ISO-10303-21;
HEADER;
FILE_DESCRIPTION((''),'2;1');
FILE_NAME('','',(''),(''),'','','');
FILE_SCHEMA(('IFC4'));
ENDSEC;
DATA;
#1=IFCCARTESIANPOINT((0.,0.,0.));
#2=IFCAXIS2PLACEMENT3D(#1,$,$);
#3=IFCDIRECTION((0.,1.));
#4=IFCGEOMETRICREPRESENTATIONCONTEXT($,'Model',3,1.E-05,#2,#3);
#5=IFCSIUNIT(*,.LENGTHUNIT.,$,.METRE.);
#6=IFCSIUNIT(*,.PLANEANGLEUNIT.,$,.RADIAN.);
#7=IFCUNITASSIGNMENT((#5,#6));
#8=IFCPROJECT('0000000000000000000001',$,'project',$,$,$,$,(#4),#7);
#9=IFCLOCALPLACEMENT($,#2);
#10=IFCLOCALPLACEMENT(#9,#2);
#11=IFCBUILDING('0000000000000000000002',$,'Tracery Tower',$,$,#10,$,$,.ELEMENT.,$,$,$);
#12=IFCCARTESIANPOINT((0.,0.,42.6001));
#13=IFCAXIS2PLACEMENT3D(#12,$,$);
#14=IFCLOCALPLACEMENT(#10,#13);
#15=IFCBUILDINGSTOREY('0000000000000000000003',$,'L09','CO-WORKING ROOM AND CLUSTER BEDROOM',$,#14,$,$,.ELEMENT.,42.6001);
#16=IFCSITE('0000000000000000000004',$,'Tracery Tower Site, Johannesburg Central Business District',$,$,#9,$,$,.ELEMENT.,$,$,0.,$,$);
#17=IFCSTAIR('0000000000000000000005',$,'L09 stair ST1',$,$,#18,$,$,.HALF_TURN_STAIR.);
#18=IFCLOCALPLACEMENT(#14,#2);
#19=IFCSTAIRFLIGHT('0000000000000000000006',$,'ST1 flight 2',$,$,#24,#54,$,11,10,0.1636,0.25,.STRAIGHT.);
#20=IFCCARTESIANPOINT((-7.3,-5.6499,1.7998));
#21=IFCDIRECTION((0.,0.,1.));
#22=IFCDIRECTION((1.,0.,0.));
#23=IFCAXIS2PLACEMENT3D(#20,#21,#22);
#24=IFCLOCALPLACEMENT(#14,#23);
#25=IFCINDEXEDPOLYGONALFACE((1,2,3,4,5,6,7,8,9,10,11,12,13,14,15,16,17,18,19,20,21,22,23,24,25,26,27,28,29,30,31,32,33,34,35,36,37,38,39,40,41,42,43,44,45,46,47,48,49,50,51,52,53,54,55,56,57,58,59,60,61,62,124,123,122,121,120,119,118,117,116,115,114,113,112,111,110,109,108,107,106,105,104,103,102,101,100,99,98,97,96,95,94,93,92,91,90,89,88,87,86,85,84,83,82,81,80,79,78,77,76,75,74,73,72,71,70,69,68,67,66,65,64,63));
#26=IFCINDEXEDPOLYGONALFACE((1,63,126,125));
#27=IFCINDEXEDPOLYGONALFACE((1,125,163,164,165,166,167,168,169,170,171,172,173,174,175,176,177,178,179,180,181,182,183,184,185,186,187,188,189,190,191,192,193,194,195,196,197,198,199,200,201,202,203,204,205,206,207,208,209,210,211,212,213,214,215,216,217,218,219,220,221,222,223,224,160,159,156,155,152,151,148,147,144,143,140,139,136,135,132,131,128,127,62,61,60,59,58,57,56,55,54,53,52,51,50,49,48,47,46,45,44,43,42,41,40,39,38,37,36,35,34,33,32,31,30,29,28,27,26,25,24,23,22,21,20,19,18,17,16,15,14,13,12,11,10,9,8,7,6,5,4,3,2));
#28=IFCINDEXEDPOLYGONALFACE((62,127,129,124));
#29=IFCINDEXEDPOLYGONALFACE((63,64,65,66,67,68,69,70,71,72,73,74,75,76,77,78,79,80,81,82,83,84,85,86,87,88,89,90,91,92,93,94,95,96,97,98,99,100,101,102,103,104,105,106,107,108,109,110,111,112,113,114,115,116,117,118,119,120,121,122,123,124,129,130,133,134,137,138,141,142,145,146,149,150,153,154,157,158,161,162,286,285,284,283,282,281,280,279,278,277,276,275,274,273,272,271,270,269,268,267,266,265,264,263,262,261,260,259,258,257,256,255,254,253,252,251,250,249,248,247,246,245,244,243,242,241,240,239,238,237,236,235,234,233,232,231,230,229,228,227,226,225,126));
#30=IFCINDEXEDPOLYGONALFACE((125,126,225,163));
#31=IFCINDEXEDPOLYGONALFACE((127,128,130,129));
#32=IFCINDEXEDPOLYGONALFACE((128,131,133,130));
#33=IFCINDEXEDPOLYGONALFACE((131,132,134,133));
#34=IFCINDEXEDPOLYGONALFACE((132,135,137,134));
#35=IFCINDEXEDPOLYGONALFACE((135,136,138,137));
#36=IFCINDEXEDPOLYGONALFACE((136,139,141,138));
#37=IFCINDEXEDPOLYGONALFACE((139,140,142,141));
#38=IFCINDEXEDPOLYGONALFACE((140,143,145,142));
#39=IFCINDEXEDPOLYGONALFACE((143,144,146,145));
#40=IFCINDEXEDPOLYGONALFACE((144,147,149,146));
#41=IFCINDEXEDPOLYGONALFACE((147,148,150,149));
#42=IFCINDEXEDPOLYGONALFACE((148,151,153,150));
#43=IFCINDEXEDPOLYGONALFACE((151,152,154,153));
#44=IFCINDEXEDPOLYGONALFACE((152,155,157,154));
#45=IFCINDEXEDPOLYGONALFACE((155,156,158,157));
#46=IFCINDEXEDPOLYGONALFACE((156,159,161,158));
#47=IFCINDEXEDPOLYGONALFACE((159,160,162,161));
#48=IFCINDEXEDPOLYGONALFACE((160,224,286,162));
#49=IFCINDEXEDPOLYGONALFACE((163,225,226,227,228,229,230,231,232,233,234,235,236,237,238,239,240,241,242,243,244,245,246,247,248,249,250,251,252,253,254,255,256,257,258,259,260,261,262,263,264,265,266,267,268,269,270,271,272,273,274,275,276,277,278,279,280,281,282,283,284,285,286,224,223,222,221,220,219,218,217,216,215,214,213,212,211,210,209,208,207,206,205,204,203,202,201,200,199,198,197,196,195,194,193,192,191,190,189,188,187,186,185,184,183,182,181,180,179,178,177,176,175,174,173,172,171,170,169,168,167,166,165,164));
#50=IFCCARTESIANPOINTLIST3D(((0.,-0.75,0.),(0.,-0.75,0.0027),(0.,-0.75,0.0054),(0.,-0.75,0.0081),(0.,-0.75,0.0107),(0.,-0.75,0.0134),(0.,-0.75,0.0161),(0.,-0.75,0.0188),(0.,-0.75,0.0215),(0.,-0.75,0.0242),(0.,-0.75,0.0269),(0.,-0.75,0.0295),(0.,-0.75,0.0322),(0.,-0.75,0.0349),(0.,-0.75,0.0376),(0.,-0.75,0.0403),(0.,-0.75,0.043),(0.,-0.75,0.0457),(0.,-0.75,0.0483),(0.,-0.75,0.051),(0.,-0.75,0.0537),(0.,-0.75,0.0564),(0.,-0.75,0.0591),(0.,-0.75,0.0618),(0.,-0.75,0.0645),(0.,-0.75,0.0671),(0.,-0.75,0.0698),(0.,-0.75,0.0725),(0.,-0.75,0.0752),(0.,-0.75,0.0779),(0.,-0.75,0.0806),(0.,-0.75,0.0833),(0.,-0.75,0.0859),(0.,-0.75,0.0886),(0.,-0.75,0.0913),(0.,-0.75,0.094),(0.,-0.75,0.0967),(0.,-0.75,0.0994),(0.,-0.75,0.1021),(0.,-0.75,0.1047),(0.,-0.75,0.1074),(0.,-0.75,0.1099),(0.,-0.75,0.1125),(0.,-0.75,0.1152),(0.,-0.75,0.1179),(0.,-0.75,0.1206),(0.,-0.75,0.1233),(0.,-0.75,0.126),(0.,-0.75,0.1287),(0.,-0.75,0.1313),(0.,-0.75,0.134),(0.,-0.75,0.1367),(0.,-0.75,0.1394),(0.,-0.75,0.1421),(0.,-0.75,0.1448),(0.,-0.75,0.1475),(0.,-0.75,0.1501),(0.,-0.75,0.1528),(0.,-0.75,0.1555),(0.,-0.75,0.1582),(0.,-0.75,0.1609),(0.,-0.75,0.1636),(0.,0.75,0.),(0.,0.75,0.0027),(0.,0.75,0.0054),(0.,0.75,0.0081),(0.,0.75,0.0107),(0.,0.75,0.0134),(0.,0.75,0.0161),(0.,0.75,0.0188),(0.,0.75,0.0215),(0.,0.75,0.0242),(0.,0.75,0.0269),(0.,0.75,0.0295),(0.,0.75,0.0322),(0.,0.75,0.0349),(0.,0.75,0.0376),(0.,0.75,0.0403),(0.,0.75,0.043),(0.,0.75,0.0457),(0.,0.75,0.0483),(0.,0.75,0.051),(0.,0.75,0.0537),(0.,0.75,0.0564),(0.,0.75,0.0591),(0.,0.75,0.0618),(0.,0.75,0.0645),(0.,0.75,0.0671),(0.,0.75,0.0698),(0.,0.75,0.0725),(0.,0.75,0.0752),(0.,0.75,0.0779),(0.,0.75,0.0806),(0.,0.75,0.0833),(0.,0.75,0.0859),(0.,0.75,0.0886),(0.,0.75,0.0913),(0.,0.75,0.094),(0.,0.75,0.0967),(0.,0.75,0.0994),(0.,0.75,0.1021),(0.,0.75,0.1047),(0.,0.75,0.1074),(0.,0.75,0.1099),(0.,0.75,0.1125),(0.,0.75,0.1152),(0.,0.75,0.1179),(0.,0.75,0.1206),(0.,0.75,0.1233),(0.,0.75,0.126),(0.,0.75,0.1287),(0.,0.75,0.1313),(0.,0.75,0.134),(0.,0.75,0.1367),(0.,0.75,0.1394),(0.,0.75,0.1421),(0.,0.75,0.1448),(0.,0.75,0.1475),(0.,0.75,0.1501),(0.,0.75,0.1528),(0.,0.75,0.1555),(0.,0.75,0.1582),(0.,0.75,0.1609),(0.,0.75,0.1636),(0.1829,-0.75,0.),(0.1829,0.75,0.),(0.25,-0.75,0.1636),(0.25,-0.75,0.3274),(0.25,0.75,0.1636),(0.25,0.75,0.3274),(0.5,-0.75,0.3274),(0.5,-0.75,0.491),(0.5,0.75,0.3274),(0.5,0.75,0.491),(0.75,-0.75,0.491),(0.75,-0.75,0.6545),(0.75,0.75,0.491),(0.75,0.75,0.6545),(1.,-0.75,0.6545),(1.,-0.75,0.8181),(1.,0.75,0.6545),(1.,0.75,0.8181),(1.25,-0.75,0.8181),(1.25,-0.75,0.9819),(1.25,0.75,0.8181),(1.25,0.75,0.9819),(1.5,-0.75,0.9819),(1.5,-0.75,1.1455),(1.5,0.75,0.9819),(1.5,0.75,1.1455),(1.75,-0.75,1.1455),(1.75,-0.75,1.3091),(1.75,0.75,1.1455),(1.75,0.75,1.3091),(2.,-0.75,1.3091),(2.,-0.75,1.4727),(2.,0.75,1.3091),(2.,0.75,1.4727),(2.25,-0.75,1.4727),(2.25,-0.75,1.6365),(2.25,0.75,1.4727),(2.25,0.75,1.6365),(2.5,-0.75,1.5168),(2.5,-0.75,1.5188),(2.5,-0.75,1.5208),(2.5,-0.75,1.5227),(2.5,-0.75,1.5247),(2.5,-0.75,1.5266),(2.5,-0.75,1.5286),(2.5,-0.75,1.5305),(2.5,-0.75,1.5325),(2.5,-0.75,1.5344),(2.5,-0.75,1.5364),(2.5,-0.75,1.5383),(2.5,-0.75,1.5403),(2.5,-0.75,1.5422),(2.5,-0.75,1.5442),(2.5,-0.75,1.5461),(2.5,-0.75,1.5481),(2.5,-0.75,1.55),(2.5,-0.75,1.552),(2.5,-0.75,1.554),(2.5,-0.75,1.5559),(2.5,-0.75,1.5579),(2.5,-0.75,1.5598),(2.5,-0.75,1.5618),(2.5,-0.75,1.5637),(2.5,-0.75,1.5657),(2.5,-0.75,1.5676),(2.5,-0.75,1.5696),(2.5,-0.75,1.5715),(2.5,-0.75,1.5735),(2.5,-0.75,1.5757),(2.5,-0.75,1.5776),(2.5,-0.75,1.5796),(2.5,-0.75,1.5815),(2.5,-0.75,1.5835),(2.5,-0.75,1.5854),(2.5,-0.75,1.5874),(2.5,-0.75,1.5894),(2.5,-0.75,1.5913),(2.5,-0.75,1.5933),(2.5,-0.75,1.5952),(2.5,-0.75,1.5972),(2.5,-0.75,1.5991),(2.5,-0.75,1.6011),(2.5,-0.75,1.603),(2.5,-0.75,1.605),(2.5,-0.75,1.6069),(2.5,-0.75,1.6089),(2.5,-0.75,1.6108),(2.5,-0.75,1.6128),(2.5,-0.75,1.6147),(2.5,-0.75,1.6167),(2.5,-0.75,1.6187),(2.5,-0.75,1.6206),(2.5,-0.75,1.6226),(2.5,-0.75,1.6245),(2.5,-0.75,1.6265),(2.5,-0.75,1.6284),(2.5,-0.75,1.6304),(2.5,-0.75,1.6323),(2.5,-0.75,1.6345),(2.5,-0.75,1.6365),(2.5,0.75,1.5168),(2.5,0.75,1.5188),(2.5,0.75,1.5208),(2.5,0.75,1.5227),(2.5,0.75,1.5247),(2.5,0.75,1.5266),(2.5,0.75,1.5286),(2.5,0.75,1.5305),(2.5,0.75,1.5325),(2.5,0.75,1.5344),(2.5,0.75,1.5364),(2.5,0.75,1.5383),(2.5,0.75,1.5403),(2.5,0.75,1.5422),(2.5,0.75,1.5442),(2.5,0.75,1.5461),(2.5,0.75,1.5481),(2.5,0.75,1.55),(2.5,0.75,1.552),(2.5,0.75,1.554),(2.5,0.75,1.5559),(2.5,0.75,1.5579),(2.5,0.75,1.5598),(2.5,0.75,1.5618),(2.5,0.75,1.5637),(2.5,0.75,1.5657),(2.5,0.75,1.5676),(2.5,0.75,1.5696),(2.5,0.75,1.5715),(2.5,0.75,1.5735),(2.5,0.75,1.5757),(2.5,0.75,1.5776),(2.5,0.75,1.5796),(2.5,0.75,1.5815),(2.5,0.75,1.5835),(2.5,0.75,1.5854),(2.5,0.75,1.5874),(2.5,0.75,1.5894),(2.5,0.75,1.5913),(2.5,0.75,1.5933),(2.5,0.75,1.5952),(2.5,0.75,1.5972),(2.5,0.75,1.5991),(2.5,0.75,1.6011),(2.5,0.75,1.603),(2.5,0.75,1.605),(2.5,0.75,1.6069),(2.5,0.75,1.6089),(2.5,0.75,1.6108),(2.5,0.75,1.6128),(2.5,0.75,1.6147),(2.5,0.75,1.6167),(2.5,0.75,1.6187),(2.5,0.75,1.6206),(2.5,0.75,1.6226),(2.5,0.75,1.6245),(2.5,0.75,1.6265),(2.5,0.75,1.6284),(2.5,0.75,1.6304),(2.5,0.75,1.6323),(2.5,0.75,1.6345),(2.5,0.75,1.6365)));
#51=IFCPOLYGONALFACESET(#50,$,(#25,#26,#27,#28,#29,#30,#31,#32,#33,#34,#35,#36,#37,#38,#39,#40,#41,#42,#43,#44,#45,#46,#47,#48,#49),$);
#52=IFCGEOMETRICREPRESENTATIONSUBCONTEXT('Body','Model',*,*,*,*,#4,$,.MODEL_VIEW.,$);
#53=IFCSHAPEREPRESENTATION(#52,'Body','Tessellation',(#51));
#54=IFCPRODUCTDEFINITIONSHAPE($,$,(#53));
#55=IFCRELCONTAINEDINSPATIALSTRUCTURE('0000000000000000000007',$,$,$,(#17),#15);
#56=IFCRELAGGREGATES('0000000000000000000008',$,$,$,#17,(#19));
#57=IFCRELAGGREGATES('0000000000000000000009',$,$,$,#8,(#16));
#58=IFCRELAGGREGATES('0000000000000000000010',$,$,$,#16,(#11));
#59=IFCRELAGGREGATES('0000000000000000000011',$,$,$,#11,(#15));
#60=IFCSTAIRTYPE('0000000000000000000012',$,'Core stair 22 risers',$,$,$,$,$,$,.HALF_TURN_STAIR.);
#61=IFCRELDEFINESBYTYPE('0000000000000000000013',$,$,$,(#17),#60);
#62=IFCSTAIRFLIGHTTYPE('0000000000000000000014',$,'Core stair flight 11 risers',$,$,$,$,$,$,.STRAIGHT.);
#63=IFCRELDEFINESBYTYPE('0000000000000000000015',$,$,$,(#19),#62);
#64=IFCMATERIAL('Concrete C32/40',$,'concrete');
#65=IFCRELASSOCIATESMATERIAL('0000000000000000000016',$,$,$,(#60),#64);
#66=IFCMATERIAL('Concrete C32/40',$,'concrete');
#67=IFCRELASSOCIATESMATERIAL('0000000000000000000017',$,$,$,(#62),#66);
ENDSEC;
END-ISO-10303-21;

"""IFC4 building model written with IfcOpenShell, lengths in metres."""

from ifc_helpers import new_model, si_unit, direction, frame, origin, place, context, subcontext, project, spatial, polyline, outline, extrude, material, type_object, element, aggregate, save


model = new_model("IFC4")

# Units and contexts
model_context = context("Model", 3, precision=1e-05, world=origin(), true_north=direction((0.0, 1.0)))
body_context = subcontext(model_context, "Body", "Model", "MODEL_VIEW")
ifc_project = project(units=[si_unit("LENGTHUNIT", "METRE"), si_unit("PLANEANGLEUNIT", "RADIAN")], contexts=[model_context])

# Site, building, storey
site_placement = place(None, origin())
site = spatial("IfcSite", under=ifc_project, at=site_placement, Name="Tracery Tower Site, Johannesburg Central Business District", CompositionType="ELEMENT", RefElevation=0.0)
building_placement = place(site_placement, origin())
building = spatial("IfcBuilding", under=site, at=building_placement, Name="Tracery Tower", CompositionType="ELEMENT")
storey_placement = place(building_placement, frame((0.0, 0.0, 42.6001)))
storey = spatial("IfcBuildingStorey", under=building, at=storey_placement, Name="L09", Description="CO-WORKING ROOM AND CLUSTER BEDROOM", CompositionType="ELEMENT", Elevation=42.6001)

# Stair
ifc_material_1 = material(Name="Concrete C32/40", Category="concrete")
stair_type = type_object("IfcStairType", Name="Core stair 22 risers", PredefinedType="HALF_TURN_STAIR", material=ifc_material_1)
stair_1_placement = place(storey_placement, origin())
stair_1 = element("IfcStair", 1, at=stair_1_placement, inside=storey, type_object=stair_type, Name="L09 stair ST1", PredefinedType="HALF_TURN_STAIR")

# Stair flight
ifc_material_2 = material(Name="Concrete C32/40", Category="concrete")
stair_flight_type = type_object("IfcStairFlightType", Name="Core stair flight 11 risers", PredefinedType="STRAIGHT", material=ifc_material_2)
stair_flight_1_placement = place(storey_placement, frame((-7.3, -5.6499, 1.7998), z_axis=(0.0, 0.0, 1.0), x_axis=(1.0, 0.0, 0.0)))
stair_flight_1 = element("IfcStairFlight", 2, at=stair_flight_1_placement, type_object=stair_flight_type, Name="ST1 flight 2", NumberOfRisers=11, NumberOfTreads=10, PredefinedType="STRAIGHT", RiserHeight=0.1636, TreadLength=0.25, context=body_context, shape_type="SweptSolid", body=[
    extrude(outline(polyline([(0.0, 0.0), (0.0, 0.0027), (0.0, 0.0054), (0.0, 0.0081), (0.0, 0.0107), (0.0, 0.0134), (0.0, 0.0161), (0.0, 0.0188), (0.0, 0.0215), (0.0, 0.0242), (0.0, 0.0269), (0.0, 0.0295), (0.0, 0.0322), (0.0, 0.0349), (0.0, 0.0376), (0.0, 0.0403), (0.0, 0.043), (0.0, 0.0457), (0.0, 0.0483), (0.0, 0.051), (0.0, 0.0537), (0.0, 0.0564), (0.0, 0.0591), (0.0, 0.0618), (0.0, 0.0645), (0.0, 0.0671), (0.0, 0.0698), (0.0, 0.0725), (0.0, 0.0752), (0.0, 0.0779), (0.0, 0.0806), (0.0, 0.0833), (0.0, 0.0859), (0.0, 0.0886), (0.0, 0.0913), (0.0, 0.094), (0.0, 0.0967), (0.0, 0.0994), (0.0, 0.1021), (0.0, 0.1047), (0.0, 0.1074), (0.0, 0.1099), (0.0, 0.1125), (0.0, 0.1152), (0.0, 0.1179), (0.0, 0.1206), (0.0, 0.1233), (0.0, 0.126), (0.0, 0.1287), (0.0, 0.1313), (0.0, 0.134), (0.0, 0.1367), (0.0, 0.1394), (0.0, 0.1421), (0.0, 0.1448), (0.0, 0.1475), (0.0, 0.1501), (0.0, 0.1528), (0.0, 0.1555), (0.0, 0.1582), (0.0, 0.1609), (0.0, 0.1636), (0.25, 0.1636), (0.25, 0.3274), (0.5, 0.3274), (0.5, 0.491), (0.75, 0.491), (0.75, 0.6545), (1.0, 0.6545), (1.0, 0.8181), (1.25, 0.8181), (1.25, 0.9819), (1.5, 0.9819), (1.5, 1.1455), (1.75, 1.1455), (1.75, 1.3091), (2.0, 1.3091), (2.0, 1.4727), (2.25, 1.4727), (2.25, 1.6365), (2.5, 1.6365), (2.5, 1.6345), (2.5, 1.6323), (2.5, 1.6304), (2.5, 1.6284), (2.5, 1.6265), (2.5, 1.6245), (2.5, 1.6226), (2.5, 1.6206), (2.5, 1.6187), (2.5, 1.6167), (2.5, 1.6147), (2.5, 1.6128), (2.5, 1.6108), (2.5, 1.6089), (2.5, 1.6069), (2.5, 1.605), (2.5, 1.603), (2.5, 1.6011), (2.5, 1.5991), (2.5, 1.5972), (2.5, 1.5952), (2.5, 1.5933), (2.5, 1.5913), (2.5, 1.5894), (2.5, 1.5874), (2.5, 1.5854), (2.5, 1.5835), (2.5, 1.5815), (2.5, 1.5796), (2.5, 1.5776), (2.5, 1.5757), (2.5, 1.5735), (2.5, 1.5715), (2.5, 1.5696), (2.5, 1.5676), (2.5, 1.5657), (2.5, 1.5637), (2.5, 1.5618), (2.5, 1.5598), (2.5, 1.5579), (2.5, 1.5559), (2.5, 1.554), (2.5, 1.552), (2.5, 1.55), (2.5, 1.5481), (2.5, 1.5461), (2.5, 1.5442), (2.5, 1.5422), (2.5, 1.5403), (2.5, 1.5383), (2.5, 1.5364), (2.5, 1.5344), (2.5, 1.5325), (2.5, 1.5305), (2.5, 1.5286), (2.5, 1.5266), (2.5, 1.5247), (2.5, 1.5227), (2.5, 1.5208), (2.5, 1.5188), (2.5, 1.5168), (0.1829, 0.0), (0.0, 0.0)])), frame((0.0, 0.75, 0.0), z_axis=(0.0, -1.0, 0.0), x_axis=(1.0, 0.0, 0.0)), (0.0, 0.0, 1.0), 1.5),
])
aggregate(stair_1, [stair_flight_1])

save(model, "model.ifc")
